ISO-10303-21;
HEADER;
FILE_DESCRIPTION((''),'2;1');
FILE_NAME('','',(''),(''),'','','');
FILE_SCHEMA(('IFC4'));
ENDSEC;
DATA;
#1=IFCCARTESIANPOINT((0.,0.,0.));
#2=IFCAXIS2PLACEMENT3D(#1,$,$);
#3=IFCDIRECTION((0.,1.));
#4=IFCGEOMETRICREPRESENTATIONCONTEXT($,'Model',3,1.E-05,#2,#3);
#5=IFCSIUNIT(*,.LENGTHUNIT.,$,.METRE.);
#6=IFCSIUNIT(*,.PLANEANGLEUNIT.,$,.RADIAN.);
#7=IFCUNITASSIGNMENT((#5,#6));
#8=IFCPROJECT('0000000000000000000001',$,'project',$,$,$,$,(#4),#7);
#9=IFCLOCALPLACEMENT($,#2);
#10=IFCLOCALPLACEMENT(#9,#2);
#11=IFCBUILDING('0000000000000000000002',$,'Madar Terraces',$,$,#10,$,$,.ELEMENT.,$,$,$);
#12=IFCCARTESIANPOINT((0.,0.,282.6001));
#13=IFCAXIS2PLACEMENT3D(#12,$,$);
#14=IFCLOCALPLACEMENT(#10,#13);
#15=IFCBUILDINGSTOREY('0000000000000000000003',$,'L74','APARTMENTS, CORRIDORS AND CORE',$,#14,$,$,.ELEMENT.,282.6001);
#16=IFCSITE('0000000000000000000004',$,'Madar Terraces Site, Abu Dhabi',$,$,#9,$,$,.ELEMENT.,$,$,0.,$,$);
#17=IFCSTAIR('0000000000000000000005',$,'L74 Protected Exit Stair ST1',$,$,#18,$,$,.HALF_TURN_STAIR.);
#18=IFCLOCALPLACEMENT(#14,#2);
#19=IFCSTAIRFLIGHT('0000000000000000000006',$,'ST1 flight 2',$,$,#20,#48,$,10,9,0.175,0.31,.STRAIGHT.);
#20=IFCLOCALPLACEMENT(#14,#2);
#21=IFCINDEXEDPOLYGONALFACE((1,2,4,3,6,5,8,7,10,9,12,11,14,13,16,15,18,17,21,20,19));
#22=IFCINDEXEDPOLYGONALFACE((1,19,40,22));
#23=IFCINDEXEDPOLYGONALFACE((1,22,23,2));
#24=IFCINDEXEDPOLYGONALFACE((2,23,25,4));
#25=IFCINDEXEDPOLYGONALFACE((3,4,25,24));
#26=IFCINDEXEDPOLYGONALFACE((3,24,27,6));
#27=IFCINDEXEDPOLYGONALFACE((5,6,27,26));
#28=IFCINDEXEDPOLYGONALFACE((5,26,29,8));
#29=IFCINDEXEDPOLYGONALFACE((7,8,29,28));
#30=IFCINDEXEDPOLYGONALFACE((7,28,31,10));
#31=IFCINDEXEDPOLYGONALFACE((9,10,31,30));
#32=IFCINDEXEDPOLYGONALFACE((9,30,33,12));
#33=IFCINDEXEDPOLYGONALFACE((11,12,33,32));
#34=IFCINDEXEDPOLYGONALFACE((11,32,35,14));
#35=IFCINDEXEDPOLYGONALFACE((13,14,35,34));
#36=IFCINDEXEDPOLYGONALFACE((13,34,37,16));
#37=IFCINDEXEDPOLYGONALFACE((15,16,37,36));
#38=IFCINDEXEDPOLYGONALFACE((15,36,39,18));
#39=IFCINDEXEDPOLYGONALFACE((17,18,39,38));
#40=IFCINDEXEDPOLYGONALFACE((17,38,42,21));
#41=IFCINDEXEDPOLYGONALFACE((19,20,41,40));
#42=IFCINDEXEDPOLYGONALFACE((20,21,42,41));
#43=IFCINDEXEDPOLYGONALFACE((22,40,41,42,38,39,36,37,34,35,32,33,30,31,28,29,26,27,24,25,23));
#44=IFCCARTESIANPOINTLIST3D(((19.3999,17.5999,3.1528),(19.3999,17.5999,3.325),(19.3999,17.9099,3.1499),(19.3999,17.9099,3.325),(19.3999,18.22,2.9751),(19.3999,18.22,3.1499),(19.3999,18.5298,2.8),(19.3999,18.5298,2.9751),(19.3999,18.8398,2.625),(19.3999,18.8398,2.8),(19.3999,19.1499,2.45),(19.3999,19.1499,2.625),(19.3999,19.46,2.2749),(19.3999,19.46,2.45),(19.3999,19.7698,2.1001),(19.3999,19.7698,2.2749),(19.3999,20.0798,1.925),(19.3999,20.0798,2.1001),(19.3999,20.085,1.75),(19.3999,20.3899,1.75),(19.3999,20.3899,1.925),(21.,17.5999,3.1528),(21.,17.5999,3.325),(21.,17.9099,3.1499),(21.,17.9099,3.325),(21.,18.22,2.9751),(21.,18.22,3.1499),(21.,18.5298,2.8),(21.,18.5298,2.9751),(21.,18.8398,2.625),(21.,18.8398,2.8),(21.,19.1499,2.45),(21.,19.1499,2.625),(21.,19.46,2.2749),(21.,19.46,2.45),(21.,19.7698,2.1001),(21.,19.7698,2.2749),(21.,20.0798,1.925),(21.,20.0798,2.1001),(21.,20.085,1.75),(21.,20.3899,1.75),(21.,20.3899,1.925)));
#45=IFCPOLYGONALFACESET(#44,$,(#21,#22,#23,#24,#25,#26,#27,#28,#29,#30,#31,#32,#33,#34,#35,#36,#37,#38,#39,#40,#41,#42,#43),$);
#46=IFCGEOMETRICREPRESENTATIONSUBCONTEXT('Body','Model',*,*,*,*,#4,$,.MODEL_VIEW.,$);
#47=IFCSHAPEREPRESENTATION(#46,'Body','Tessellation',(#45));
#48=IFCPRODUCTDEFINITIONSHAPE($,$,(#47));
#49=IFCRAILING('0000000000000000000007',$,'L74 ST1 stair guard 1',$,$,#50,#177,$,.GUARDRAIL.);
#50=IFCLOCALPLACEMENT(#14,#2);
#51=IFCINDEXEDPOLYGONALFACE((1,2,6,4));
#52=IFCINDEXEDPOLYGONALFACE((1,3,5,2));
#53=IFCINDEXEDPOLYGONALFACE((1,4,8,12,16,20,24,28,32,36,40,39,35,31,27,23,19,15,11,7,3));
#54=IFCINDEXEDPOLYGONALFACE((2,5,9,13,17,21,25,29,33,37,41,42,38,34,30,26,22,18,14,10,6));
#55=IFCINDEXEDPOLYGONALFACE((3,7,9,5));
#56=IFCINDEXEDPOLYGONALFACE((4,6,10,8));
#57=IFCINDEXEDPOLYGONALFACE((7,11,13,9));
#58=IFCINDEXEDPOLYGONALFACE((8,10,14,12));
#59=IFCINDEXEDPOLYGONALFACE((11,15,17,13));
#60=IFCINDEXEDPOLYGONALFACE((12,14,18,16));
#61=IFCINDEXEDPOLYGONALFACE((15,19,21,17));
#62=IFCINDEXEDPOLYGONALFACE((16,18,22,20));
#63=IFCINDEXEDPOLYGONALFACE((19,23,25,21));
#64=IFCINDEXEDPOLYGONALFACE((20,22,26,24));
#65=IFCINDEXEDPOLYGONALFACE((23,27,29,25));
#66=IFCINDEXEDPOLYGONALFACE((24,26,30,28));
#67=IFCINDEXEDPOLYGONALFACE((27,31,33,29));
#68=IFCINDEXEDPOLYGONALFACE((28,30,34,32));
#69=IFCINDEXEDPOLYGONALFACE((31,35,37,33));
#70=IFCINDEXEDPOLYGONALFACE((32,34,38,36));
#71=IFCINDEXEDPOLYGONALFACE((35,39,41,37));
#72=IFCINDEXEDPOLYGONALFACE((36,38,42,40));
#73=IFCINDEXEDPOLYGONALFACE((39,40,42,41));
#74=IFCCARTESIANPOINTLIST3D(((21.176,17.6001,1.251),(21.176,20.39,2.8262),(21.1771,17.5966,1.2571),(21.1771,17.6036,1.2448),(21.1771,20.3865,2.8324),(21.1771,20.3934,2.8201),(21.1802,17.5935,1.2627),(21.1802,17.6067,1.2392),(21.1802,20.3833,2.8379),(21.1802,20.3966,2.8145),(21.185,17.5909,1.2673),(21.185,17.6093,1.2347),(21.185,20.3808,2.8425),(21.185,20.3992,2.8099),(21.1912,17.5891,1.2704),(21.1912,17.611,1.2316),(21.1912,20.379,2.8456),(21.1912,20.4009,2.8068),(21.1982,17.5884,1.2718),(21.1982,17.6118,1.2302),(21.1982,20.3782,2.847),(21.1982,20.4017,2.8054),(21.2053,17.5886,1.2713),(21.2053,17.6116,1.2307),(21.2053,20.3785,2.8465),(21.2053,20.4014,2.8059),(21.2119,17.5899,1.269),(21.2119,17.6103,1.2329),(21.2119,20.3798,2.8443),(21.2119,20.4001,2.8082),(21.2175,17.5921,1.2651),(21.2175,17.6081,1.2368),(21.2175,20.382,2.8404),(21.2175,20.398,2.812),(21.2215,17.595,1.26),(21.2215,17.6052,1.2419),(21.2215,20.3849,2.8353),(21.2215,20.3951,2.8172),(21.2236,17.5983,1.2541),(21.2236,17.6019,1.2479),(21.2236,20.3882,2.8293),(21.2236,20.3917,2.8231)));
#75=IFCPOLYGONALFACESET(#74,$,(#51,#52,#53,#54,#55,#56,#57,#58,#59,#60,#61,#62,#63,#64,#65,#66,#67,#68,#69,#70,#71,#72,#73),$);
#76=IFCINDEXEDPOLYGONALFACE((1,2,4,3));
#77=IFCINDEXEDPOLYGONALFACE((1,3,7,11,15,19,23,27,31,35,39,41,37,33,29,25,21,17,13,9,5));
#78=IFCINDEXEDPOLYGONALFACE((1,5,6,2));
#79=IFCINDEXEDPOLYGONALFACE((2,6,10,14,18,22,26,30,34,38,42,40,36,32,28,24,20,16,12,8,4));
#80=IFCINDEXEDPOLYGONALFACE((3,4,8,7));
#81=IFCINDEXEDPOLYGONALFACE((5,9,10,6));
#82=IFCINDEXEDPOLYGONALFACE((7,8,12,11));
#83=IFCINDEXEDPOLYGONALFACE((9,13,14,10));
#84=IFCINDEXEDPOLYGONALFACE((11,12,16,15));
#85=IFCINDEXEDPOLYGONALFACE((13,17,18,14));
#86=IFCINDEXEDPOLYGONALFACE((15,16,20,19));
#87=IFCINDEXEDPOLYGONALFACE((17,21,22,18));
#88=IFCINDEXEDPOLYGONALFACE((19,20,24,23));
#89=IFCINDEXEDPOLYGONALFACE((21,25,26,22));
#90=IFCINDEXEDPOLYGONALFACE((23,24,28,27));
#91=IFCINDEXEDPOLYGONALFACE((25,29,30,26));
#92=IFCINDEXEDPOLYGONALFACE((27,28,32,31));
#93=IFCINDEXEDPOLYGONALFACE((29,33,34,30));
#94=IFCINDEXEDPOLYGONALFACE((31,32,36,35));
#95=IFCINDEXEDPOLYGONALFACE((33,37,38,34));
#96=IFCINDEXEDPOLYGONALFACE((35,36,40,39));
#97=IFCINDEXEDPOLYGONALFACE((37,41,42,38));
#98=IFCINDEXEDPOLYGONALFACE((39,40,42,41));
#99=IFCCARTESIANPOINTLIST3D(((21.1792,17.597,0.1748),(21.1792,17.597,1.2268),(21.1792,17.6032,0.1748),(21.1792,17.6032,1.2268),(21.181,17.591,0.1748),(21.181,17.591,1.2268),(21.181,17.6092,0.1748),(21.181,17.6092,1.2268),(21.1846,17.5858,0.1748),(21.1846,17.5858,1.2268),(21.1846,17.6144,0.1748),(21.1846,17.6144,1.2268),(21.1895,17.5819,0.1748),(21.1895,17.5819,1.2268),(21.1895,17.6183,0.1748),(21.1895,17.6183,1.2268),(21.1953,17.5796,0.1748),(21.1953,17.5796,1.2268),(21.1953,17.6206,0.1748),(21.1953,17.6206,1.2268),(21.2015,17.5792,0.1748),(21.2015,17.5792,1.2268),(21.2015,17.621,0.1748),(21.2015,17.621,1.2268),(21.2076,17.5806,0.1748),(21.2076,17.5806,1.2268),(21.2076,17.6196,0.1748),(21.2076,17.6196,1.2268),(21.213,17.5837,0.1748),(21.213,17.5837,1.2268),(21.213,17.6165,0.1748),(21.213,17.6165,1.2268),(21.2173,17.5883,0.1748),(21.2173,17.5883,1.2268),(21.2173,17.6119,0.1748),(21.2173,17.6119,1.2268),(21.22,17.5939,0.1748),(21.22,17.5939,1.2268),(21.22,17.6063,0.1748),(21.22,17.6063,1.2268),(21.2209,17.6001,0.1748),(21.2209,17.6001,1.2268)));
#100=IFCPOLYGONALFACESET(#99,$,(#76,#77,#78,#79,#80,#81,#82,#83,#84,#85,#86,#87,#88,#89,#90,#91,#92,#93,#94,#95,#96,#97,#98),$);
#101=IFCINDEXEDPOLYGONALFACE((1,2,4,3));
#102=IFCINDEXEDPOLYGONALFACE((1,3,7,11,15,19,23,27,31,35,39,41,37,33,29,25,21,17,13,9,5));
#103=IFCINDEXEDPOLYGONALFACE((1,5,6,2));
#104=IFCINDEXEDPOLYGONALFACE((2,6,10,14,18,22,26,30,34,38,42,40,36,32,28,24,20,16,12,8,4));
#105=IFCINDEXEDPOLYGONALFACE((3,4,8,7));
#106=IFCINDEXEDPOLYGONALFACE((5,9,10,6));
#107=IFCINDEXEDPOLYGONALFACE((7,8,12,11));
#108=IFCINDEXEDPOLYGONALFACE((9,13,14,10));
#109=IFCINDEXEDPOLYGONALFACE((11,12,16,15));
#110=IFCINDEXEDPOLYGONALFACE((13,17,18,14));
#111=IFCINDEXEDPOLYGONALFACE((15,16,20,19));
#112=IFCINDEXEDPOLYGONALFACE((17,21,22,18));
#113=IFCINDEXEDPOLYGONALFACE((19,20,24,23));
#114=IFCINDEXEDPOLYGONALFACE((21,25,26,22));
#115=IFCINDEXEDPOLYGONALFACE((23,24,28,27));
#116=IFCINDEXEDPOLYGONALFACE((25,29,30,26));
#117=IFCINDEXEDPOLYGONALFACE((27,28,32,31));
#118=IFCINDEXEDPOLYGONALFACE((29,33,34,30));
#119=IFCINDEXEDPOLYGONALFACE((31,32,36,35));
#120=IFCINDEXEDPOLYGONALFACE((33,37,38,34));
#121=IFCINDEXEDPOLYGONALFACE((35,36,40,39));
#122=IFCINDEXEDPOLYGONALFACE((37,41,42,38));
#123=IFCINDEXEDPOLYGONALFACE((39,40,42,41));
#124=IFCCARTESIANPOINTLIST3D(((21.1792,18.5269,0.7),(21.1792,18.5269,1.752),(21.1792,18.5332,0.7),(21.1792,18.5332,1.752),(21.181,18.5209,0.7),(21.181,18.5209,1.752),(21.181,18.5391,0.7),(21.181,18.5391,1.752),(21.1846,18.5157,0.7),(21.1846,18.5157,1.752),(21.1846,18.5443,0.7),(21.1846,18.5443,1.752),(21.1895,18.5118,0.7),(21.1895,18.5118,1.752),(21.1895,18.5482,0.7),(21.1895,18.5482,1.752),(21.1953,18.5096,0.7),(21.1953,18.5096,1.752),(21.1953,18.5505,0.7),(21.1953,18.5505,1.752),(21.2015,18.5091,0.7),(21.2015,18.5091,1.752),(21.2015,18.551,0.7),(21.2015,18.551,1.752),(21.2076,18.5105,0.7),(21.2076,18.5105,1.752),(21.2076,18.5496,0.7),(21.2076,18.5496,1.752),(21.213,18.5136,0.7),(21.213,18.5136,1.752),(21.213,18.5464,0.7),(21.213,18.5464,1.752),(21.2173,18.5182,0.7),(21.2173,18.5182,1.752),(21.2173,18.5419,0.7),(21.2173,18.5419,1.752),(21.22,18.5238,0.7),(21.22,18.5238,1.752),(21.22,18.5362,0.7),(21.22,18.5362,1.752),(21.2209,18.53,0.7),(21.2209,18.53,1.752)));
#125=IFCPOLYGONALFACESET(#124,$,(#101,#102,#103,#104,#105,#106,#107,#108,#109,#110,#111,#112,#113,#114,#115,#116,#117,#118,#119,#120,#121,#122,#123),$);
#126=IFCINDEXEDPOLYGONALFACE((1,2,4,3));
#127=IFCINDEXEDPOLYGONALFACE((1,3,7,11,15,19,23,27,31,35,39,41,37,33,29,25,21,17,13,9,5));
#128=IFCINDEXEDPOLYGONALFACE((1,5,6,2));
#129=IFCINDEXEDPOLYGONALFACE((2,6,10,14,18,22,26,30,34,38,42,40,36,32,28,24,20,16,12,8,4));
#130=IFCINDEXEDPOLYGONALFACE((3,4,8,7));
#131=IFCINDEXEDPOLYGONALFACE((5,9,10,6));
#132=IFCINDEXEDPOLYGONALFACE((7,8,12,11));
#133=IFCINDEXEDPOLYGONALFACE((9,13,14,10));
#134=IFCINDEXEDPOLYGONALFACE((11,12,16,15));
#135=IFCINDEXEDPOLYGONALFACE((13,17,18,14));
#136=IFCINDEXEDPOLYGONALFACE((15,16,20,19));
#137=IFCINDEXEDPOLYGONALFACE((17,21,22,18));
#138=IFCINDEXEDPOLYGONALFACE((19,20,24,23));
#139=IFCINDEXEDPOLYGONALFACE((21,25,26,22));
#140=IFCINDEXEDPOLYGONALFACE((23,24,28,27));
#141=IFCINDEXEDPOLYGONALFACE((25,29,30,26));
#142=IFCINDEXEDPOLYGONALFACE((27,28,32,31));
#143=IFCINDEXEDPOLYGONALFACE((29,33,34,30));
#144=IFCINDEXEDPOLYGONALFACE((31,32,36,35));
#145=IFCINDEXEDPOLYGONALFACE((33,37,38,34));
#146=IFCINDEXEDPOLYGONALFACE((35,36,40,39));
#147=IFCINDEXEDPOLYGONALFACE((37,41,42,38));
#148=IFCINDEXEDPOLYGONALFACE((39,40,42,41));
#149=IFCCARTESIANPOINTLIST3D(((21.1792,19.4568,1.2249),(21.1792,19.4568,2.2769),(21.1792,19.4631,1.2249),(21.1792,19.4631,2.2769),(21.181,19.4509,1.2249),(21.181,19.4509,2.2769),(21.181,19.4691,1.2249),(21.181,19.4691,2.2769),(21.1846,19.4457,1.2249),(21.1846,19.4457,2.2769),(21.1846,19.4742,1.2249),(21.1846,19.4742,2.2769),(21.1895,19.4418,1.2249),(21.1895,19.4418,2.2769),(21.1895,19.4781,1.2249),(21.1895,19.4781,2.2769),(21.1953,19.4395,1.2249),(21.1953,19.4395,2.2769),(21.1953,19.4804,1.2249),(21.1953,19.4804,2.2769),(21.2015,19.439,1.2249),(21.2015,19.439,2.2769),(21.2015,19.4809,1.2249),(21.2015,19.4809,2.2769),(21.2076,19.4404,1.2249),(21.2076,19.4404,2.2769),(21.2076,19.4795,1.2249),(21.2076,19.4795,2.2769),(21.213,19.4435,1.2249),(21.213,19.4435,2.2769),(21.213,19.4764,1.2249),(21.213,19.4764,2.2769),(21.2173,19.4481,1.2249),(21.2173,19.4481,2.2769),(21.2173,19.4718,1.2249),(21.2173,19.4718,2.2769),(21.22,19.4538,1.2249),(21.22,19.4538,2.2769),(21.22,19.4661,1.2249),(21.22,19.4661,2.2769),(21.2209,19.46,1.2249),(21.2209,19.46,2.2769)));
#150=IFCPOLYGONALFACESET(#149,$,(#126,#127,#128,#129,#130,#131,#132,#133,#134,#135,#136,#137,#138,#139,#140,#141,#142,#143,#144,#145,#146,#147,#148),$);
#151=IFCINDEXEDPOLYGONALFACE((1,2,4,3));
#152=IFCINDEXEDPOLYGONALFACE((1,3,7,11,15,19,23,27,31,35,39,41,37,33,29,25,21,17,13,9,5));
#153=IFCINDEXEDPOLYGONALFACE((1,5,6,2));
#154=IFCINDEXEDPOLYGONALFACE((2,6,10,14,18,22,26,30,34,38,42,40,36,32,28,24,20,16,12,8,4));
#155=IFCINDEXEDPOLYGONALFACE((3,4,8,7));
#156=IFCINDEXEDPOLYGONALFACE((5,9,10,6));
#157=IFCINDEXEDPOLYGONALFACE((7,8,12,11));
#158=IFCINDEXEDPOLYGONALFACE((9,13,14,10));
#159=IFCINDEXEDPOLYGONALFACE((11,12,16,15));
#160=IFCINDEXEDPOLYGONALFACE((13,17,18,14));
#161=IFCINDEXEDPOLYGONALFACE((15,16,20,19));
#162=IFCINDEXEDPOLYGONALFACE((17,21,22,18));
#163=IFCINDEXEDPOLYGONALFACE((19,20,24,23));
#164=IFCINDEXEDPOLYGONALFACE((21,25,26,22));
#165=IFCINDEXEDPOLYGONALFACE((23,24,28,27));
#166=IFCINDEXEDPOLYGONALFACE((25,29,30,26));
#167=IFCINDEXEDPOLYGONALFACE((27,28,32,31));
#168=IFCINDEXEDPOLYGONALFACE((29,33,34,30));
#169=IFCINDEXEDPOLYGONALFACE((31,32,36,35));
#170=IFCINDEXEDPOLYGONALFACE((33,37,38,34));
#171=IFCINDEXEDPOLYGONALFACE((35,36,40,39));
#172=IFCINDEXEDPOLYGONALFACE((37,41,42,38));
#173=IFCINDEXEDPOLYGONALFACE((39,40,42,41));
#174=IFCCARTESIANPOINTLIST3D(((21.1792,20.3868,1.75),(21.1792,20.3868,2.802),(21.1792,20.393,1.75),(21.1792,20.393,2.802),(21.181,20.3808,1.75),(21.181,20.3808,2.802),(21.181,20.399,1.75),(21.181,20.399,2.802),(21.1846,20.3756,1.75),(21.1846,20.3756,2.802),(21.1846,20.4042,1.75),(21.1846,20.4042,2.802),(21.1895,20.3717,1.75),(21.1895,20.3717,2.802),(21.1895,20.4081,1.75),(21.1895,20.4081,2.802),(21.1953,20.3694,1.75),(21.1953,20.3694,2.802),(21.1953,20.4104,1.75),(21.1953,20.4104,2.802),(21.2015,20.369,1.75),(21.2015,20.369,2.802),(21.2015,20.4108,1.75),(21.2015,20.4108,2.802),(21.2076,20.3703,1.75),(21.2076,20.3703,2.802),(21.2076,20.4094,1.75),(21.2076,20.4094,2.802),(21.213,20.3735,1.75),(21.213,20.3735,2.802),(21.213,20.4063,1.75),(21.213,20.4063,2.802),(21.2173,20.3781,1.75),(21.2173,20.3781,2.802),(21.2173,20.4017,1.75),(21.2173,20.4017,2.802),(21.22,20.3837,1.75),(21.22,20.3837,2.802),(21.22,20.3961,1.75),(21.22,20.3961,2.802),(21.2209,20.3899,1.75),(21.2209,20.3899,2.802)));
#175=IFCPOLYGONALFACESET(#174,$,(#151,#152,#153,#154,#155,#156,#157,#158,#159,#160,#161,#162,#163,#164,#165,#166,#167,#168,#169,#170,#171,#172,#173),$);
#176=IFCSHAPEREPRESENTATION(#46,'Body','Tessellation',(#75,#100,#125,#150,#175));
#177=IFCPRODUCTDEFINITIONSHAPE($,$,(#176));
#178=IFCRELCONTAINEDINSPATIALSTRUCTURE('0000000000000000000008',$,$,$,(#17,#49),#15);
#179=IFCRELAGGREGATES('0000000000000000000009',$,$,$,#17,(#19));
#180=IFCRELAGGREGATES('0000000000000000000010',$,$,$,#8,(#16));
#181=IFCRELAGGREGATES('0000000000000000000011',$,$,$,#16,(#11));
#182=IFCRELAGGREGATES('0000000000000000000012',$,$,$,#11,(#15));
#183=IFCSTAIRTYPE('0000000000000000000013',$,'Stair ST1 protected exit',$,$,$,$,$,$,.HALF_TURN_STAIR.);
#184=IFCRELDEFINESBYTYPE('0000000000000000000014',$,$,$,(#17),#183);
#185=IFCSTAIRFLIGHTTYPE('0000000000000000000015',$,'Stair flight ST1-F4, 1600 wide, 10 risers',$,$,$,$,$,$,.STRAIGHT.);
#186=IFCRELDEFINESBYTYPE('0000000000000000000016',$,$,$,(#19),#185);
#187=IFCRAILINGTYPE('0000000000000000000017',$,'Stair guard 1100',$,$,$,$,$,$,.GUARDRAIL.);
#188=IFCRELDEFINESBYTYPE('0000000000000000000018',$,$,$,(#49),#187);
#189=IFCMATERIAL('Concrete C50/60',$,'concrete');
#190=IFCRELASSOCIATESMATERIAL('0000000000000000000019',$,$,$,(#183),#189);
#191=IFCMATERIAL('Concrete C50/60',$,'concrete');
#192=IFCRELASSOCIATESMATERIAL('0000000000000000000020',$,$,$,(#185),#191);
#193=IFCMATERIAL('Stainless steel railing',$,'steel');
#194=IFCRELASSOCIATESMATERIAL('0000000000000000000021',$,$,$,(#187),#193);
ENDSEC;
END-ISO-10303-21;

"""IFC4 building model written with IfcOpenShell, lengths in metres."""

from ifc_helpers import new_model, si_unit, direction, frame, origin, origin_2d, place, context, subcontext, project, spatial, polyline, circle, outline, extrude, material, type_object, element, aggregate, save


model = new_model("IFC4")

# Units and contexts
model_context = context("Model", 3, precision=1e-05, world=origin(), true_north=direction((0.0, 1.0)))
body_context = subcontext(model_context, "Body", "Model", "MODEL_VIEW")
ifc_project = project(units=[si_unit("LENGTHUNIT", "METRE"), si_unit("PLANEANGLEUNIT", "RADIAN")], contexts=[model_context])

# Site, building, storey
site_placement = place(None, origin())
site = spatial("IfcSite", under=ifc_project, at=site_placement, Name="Madar Terraces Site, Abu Dhabi", CompositionType="ELEMENT", RefElevation=0.0)
building_placement = place(site_placement, origin())
building = spatial("IfcBuilding", under=site, at=building_placement, Name="Madar Terraces", CompositionType="ELEMENT")
storey_placement = place(building_placement, frame((0.0, 0.0, 282.6001)))
storey = spatial("IfcBuildingStorey", under=building, at=storey_placement, Name="L74", Description="APARTMENTS, CORRIDORS AND CORE", CompositionType="ELEMENT", Elevation=282.6001)

# Stair, stair flight
ifc_material_1 = material(Name="Concrete C50/60", Category="concrete")
stair_type = type_object("IfcStairType", Name="Stair ST1 protected exit", PredefinedType="HALF_TURN_STAIR", material=ifc_material_1)
stair_placement = place(storey_placement, origin())
stair = element("IfcStair", 1, at=stair_placement, inside=storey, type_object=stair_type, Name="L74 Protected Exit Stair ST1", PredefinedType="HALF_TURN_STAIR")
ifc_material_2 = material(Name="Concrete C50/60", Category="concrete")
stair_flight_type = type_object("IfcStairFlightType", Name="Stair flight ST1-F4, 1600 wide, 10 risers", PredefinedType="STRAIGHT", material=ifc_material_2)
stair_flight_1_placement = place(storey_placement, frame((20.2, 20.3899, 1.75), z_axis=(0.0, 0.0, 1.0), x_axis=(0.0, -1.0, 0.0)))
stair_flight_1 = element("IfcStairFlight", 2, at=stair_flight_1_placement, type_object=stair_flight_type, Name="ST1 flight 2", NumberOfRisers=10, NumberOfTreads=9, PredefinedType="STRAIGHT", RiserHeight=0.175, TreadLength=0.31, context=body_context, shape_type="SweptSolid", body=[
    extrude(outline(polyline([(0.0, 0.0), (0.0, 0.175), (0.3101, 0.175), (0.3101, 0.3501), (0.6201, 0.3501), (0.6201, 0.5249), (0.9299, 0.5249), (0.9299, 0.7), (1.24, 0.7), (1.24, 0.875), (1.55, 0.875), (1.55, 1.05), (1.8601, 1.05), (1.8601, 1.2251), (2.1699, 1.2251), (2.1699, 1.3999), (2.48, 1.3999), (2.48, 1.575), (2.79, 1.575), (2.79, 1.75), (2.79, 1.4028), (0.3049, 0.0), (0.0, 0.0)])), frame((0.0, 0.8, 0.0), z_axis=(0.0, -1.0, 0.0), x_axis=(1.0, 0.0, 0.0)), (0.0, 0.0, 1.0), 1.6001),
])
aggregate(stair, [stair_flight_1])

# Railing
ifc_material_3 = material(Name="Stainless steel railing", Category="steel")
railing_type_1 = type_object("IfcRailingType", Name="Stair guard 1100", PredefinedType="GUARDRAIL", material=ifc_material_3)
railing_1_placement = place(storey_placement, frame((21.2, 17.6001, 0.1748)))
element("IfcRailing", 3, at=railing_1_placement, inside=storey, type_object=railing_type_1, Name="L74 ST1 stair guard 1", PredefinedType="GUARDRAIL", context=body_context, shape_type="SweptSolid", body=[
    extrude(circle(Radius=0.0239, at=origin_2d()), frame((0.0, 0.0, 1.0762), z_axis=(0.0, 0.870783, 0.491668), x_axis=(-1.0, 0.0, 0.0)), (0.0, 0.0, 1.0), 3.2039),
    extrude(circle(Radius=0.021, at=origin_2d()), origin(), (0.0, 0.0, 1.0), 1.052),
    extrude(circle(Radius=0.021, at=origin_2d()), frame((0.0, 0.9299, 0.5251)), (0.0, 0.0, 1.0), 1.052),
    extrude(circle(Radius=0.021, at=origin_2d()), frame((0.0, 1.8599, 1.05)), (0.0, 0.0, 1.0), 1.052),
    extrude(circle(Radius=0.021, at=origin_2d()), frame((0.0, 2.7898, 1.5752)), (0.0, 0.0, 1.0), 1.052),
])

save(model, "model.ifc")
